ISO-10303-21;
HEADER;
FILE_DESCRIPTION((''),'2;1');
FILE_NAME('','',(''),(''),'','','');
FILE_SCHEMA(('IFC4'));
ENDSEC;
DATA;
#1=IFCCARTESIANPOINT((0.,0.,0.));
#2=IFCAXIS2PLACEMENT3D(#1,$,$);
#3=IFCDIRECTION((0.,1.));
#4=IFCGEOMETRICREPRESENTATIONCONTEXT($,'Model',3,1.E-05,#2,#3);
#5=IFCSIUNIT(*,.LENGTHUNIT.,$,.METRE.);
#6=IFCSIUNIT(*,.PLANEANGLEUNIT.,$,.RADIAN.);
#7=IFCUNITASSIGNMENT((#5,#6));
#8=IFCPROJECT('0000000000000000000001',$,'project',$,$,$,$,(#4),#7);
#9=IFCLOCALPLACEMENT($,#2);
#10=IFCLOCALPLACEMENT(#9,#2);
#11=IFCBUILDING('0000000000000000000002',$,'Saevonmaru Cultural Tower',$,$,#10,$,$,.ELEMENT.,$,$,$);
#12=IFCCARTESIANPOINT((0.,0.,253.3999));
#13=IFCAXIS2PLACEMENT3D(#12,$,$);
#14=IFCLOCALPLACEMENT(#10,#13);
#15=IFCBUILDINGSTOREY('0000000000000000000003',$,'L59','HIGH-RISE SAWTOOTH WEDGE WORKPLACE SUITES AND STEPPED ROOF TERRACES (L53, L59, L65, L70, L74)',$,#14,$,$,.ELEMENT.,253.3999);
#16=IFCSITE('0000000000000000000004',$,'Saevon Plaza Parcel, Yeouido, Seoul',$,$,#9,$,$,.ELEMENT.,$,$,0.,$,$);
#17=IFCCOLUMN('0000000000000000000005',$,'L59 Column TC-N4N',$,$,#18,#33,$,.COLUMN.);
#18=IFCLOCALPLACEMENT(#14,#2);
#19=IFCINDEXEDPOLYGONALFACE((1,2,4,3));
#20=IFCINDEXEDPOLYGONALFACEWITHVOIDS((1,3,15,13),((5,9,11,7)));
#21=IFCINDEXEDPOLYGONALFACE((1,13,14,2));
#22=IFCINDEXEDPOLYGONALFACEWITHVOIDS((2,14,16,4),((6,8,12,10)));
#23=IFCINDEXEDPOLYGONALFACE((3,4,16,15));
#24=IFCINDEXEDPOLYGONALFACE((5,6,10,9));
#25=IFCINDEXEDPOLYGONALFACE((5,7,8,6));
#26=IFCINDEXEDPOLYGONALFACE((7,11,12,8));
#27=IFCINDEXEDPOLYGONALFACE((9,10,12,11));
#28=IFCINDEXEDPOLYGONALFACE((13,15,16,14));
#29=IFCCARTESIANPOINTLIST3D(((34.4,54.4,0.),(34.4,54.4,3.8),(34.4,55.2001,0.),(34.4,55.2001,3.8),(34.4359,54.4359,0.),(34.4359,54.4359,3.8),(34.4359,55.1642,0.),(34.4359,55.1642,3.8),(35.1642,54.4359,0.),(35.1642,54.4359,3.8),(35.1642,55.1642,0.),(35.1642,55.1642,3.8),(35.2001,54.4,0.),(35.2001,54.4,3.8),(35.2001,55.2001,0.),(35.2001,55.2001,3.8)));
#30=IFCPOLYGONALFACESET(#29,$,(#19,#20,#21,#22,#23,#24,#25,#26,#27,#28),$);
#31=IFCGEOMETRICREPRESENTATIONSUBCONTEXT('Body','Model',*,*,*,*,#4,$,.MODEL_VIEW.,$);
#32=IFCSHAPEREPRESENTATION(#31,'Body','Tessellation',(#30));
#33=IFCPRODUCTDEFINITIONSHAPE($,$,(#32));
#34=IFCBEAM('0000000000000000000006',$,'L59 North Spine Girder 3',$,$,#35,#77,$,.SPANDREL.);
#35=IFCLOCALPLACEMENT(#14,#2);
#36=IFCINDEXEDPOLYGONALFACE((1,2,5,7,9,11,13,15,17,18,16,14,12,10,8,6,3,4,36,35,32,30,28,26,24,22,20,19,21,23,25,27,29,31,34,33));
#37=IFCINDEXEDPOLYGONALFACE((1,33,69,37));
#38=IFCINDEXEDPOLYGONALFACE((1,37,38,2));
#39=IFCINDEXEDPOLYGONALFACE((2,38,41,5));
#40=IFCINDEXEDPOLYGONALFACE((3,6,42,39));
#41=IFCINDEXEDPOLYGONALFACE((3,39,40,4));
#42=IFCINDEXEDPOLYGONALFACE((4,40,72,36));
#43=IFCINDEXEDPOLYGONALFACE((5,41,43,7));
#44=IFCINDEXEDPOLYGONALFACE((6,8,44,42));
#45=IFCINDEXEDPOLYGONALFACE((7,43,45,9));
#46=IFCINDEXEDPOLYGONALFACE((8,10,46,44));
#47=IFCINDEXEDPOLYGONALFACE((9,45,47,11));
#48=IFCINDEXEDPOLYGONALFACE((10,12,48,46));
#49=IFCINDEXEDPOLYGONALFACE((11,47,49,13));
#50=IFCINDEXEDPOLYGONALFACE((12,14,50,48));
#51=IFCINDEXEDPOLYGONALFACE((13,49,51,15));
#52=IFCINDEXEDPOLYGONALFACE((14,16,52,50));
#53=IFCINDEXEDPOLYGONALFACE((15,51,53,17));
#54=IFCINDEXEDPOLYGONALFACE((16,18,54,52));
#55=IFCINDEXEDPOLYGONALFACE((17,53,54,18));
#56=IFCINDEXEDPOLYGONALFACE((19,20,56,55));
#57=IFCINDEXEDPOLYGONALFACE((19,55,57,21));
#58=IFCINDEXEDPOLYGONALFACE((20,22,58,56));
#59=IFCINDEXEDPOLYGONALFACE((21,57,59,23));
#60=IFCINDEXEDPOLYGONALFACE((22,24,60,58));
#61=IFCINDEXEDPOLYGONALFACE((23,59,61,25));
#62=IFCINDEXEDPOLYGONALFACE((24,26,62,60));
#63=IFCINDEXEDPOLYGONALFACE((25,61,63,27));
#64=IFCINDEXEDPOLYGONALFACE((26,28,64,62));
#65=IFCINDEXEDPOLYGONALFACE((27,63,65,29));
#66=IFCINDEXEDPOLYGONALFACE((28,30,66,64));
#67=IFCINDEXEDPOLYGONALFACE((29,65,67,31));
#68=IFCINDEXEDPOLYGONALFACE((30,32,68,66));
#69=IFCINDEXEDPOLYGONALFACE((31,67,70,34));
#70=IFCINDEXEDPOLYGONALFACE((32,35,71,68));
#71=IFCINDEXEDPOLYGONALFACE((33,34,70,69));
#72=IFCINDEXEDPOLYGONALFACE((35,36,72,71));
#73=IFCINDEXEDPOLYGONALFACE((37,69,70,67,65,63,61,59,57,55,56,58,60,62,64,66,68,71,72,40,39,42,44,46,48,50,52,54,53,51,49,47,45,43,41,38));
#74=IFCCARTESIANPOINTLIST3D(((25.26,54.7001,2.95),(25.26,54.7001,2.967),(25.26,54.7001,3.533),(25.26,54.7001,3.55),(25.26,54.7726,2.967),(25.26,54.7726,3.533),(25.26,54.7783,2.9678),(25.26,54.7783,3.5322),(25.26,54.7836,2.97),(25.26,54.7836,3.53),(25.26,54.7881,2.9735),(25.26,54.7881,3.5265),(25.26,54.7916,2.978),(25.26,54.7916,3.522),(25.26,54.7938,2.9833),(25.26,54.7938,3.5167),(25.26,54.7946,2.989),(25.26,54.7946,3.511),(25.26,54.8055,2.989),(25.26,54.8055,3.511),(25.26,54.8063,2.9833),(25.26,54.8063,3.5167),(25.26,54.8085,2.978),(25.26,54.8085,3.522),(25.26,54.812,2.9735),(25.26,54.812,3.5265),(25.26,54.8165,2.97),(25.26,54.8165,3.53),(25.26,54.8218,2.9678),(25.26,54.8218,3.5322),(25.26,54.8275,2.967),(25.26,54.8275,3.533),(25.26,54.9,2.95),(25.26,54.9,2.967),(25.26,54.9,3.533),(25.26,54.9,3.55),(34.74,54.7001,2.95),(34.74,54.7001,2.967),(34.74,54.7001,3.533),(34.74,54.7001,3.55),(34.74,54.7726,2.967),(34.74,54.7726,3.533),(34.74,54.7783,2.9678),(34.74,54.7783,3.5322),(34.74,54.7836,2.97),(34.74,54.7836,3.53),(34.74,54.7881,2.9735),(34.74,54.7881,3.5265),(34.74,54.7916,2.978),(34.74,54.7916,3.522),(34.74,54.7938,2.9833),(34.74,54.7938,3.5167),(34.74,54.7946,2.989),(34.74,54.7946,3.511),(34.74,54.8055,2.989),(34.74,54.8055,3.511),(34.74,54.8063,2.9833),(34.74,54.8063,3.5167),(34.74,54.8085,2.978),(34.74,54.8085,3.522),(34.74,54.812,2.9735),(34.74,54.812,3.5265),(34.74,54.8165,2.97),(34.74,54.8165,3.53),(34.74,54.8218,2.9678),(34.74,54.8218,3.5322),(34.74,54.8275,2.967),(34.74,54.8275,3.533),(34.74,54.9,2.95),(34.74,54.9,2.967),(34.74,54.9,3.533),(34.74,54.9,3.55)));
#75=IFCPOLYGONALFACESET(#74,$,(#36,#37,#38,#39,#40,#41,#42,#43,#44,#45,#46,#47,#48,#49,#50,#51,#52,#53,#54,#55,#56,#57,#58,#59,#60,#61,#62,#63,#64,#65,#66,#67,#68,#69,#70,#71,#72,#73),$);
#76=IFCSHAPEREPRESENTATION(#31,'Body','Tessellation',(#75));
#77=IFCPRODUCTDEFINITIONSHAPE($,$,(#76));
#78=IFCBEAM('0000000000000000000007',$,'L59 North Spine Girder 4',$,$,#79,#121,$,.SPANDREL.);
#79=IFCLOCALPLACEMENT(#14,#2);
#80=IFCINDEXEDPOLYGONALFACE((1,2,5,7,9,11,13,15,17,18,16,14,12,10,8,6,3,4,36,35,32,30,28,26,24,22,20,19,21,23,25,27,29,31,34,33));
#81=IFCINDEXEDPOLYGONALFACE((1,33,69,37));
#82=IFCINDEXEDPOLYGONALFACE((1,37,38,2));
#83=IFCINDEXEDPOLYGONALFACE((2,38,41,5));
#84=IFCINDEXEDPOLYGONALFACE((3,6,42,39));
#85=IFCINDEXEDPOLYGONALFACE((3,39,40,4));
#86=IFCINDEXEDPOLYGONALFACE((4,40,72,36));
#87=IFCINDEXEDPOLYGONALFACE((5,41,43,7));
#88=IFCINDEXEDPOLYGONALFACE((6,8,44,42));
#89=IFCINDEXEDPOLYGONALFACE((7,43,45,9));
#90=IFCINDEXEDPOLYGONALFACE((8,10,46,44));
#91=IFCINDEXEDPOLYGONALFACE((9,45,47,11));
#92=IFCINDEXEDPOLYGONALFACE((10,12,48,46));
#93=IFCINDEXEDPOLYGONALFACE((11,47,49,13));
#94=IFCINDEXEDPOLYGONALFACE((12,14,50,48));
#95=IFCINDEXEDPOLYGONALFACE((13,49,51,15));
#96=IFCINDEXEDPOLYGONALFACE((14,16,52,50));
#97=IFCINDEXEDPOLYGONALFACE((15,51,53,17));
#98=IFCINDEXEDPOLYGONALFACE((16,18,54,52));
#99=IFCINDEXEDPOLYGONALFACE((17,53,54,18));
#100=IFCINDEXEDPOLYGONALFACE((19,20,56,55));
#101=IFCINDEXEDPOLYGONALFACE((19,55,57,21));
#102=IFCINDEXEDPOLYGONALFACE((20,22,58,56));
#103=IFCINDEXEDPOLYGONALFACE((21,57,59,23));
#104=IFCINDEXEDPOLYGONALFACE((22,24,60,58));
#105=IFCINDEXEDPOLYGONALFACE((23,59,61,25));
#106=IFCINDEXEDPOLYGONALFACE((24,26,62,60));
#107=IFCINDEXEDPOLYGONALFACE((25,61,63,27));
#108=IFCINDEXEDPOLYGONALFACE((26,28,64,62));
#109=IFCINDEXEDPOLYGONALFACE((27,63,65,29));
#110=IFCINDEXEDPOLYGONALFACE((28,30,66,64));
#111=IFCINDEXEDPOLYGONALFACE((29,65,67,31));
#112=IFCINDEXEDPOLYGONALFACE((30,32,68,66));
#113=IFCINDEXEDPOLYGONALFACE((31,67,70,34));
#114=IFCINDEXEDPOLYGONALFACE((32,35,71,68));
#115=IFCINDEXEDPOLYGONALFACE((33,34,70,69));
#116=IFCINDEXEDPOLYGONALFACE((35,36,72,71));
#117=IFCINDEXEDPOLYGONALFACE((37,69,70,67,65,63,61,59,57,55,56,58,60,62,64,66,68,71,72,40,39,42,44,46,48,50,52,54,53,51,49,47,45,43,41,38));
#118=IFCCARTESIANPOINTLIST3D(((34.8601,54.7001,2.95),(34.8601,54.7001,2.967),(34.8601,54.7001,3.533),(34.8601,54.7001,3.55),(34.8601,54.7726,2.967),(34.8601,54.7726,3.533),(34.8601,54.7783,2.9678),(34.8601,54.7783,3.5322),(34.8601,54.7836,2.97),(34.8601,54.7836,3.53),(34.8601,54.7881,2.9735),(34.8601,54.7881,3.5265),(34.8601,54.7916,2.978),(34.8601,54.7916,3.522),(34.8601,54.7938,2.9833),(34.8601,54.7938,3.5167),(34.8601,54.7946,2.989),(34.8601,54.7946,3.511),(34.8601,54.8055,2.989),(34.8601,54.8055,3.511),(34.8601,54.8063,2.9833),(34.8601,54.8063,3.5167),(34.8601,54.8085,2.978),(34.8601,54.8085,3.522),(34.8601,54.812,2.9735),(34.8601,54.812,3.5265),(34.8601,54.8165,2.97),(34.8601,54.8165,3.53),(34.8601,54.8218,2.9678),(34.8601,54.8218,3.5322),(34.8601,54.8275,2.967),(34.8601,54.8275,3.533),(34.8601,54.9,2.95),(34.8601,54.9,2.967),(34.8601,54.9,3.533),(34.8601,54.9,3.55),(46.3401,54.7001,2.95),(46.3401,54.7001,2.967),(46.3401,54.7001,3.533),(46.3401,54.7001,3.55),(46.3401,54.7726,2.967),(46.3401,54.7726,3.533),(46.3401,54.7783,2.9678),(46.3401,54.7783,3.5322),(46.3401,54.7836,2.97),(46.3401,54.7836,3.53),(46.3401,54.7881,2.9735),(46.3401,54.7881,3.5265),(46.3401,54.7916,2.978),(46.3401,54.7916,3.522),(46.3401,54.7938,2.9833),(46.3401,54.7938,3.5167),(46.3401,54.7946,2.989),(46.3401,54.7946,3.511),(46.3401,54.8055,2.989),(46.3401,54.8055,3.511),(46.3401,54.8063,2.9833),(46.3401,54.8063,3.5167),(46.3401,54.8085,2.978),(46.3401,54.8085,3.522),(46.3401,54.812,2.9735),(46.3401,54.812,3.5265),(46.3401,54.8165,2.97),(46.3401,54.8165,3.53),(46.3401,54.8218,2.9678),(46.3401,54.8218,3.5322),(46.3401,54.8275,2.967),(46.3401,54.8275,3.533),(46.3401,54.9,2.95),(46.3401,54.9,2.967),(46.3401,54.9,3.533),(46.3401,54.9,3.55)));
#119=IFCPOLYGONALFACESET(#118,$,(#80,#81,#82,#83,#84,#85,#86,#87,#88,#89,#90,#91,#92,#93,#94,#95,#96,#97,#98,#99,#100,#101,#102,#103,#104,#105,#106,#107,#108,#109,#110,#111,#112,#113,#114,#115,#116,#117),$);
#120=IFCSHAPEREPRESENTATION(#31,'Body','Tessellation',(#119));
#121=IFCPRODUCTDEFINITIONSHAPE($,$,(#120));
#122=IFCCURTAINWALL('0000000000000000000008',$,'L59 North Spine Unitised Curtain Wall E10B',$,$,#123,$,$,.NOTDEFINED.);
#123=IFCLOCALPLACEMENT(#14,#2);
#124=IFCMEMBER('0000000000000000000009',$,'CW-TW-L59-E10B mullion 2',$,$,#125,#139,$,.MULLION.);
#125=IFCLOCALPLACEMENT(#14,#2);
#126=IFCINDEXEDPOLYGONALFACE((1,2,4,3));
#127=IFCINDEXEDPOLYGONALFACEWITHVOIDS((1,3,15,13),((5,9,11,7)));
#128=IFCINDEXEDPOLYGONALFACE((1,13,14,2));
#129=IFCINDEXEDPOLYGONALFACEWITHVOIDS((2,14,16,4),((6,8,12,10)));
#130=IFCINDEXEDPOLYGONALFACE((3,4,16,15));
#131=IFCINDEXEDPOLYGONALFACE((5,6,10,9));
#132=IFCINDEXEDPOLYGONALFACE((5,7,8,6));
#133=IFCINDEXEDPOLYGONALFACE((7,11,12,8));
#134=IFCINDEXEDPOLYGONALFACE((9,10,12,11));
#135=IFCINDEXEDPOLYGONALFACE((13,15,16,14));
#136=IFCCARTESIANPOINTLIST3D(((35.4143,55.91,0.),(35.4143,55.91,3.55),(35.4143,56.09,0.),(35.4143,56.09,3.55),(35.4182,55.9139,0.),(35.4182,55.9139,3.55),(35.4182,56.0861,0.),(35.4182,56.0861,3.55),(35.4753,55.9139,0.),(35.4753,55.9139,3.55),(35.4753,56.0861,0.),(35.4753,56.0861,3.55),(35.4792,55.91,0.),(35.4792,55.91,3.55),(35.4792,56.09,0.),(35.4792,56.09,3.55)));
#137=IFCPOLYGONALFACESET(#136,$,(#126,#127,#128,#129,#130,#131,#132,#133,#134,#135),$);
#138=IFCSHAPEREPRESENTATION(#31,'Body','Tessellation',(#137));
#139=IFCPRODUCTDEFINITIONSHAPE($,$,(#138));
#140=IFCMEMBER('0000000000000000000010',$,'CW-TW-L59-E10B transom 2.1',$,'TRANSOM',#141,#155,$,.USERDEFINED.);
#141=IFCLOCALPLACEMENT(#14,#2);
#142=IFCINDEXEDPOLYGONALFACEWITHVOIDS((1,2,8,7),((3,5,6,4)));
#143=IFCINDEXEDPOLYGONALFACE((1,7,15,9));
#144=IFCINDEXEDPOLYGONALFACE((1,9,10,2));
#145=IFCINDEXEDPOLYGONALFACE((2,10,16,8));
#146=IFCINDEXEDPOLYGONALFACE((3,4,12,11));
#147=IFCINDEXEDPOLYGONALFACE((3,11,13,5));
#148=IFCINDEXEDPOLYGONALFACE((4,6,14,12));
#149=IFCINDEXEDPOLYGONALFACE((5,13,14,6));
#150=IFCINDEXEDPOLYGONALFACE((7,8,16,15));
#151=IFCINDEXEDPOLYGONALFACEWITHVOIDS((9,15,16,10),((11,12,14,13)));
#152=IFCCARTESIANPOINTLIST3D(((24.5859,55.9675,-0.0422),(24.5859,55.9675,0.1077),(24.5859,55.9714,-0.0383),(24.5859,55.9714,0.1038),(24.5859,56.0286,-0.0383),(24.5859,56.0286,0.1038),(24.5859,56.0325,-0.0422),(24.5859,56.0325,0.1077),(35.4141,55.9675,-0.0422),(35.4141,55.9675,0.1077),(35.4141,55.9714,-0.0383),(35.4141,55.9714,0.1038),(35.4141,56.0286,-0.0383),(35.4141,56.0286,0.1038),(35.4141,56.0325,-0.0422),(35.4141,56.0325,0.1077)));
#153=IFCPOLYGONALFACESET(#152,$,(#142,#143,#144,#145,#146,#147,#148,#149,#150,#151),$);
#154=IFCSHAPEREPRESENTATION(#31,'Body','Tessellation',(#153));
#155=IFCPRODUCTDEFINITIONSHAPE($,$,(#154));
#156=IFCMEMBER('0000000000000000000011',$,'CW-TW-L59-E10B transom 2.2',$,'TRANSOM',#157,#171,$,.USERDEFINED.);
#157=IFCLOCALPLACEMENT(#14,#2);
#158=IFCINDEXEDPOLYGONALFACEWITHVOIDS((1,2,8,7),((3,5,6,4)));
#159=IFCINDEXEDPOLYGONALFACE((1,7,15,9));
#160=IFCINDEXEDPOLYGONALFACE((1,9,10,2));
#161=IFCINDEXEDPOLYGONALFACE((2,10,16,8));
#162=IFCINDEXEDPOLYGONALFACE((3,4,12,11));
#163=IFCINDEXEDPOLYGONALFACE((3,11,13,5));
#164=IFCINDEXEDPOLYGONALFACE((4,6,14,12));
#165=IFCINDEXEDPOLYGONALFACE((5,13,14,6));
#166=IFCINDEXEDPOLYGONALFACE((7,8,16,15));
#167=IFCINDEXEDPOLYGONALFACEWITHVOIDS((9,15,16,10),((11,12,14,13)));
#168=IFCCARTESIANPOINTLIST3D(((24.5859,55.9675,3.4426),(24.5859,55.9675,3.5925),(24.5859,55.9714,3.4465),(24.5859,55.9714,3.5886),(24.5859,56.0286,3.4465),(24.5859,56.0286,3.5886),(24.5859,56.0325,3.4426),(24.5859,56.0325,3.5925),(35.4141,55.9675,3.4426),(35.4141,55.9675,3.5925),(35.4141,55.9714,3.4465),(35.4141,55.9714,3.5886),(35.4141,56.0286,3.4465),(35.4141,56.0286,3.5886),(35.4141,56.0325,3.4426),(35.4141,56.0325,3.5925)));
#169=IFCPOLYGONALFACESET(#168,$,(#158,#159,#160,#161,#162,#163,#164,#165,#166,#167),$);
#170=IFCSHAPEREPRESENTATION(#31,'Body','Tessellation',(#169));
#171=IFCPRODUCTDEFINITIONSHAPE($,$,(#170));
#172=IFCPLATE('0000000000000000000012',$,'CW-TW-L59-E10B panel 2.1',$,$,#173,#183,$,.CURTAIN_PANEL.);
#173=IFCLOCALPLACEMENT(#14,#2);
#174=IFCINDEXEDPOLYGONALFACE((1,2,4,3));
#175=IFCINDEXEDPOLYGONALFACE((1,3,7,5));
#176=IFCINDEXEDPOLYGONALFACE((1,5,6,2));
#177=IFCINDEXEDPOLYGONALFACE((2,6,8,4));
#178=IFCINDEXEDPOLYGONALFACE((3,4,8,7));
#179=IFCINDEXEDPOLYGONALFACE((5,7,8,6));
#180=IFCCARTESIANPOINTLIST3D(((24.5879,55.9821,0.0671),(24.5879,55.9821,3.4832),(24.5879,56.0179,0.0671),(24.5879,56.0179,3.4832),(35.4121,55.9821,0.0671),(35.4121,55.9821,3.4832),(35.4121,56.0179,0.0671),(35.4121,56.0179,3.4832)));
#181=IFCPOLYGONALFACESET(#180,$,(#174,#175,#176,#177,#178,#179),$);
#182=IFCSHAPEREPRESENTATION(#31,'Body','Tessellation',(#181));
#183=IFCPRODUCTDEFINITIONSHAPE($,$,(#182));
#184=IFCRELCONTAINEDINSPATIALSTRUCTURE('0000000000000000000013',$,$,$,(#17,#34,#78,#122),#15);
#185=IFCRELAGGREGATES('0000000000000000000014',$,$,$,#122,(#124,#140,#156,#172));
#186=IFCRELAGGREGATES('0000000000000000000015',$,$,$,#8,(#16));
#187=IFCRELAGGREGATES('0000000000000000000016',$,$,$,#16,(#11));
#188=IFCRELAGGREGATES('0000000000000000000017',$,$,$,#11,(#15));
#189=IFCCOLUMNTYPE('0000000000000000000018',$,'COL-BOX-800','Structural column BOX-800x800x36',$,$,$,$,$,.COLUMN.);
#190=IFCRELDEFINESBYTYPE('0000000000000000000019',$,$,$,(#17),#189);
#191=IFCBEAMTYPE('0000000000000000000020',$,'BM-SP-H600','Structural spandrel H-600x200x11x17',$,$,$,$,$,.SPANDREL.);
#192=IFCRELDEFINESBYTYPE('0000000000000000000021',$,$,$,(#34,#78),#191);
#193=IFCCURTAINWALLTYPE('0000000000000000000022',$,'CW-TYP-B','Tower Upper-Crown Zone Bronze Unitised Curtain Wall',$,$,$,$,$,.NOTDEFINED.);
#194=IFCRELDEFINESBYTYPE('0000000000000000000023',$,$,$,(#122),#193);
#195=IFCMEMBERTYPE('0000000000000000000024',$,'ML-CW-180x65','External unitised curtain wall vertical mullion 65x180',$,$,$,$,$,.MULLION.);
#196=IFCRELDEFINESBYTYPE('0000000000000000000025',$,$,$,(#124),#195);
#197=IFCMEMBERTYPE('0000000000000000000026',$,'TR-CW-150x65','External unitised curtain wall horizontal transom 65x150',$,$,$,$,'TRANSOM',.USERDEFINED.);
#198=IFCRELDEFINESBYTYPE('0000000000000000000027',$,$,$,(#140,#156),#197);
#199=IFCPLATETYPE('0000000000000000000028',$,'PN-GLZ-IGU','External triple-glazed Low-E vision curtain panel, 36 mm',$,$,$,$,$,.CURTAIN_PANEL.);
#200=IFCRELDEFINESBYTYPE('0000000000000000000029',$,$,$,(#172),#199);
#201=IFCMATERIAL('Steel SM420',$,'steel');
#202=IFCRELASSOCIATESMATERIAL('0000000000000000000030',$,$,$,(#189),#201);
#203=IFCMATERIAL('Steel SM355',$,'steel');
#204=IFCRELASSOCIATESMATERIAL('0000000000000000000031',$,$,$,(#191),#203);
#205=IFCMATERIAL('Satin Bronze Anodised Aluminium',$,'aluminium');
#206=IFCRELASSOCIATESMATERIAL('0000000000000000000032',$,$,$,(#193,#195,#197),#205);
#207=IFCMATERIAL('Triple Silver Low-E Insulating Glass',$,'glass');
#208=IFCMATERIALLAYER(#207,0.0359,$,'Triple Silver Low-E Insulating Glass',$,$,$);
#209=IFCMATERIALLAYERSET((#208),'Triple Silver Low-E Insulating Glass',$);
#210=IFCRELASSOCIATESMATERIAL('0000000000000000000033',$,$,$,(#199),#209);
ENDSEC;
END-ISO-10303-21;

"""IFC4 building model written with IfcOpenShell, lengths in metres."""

from ifc_helpers import new_model, si_unit, direction, frame, origin, origin_2d, place, context, subcontext, project, spatial, rectangle, hollow_rectangle, i_section, extrude, material, layer, layer_set, material_profile, profile_set, type_object, element, aggregate, save


model = new_model("IFC4")

# Units and contexts
model_context = context("Model", 3, precision=1e-05, world=origin(), true_north=direction((0.0, 1.0)))
body_context = subcontext(model_context, "Body", "Model", "MODEL_VIEW")
ifc_project = project(units=[si_unit("LENGTHUNIT", "METRE"), si_unit("PLANEANGLEUNIT", "RADIAN")], contexts=[model_context])

# Site, building, storey
site_placement = place(None, origin())
site = spatial("IfcSite", under=ifc_project, at=site_placement, Name="Saevon Plaza Parcel, Yeouido, Seoul", CompositionType="ELEMENT", RefElevation=0.0)
building_placement = place(site_placement, origin())
building = spatial("IfcBuilding", under=site, at=building_placement, Name="Saevonmaru Cultural Tower", CompositionType="ELEMENT")
storey_placement = place(building_placement, frame((0.0, 0.0, 253.3999)))
storey = spatial("IfcBuildingStorey", under=building, at=storey_placement, Name="L59", Description="HIGH-RISE SAWTOOTH WEDGE WORKPLACE SUITES AND STEPPED ROOF TERRACES (L53, L59, L65, L70, L74)", CompositionType="ELEMENT", Elevation=253.3999)

# Column
ifc_material_1 = material(Name="Steel SM420", Category="steel")
ifc_material_profile_1 = material_profile(ifc_material_1, hollow_rectangle(XDim=0.8, YDim=0.8, WallThickness=0.0359, at=origin_2d()), Name="BOX-800x800x36")
ifc_profile_set_1 = profile_set([ifc_material_profile_1], Name="Steel SM420")
column_type = type_object("IfcColumnType", Name="COL-BOX-800", Description="Structural column BOX-800x800x36", PredefinedType="COLUMN", material=ifc_profile_set_1)
column_placement = place(storey_placement, frame((34.8, 54.8, 0.0), z_axis=(0.0, 0.0, 1.0), x_axis=(1.0, 0.0, 0.0)))
element("IfcColumn", 1, at=column_placement, inside=storey, type_object=column_type, Name="L59 Column TC-N4N", PredefinedType="COLUMN", context=body_context, shape_type="SweptSolid", body=[
    extrude(hollow_rectangle(XDim=0.8, YDim=0.8, WallThickness=0.0359, at=origin_2d()), origin(), (0.0, 0.0, 1.0), 3.8),
])

# Beams
ifc_material_2 = material(Name="Steel SM355", Category="steel")
ifc_material_profile_2 = material_profile(ifc_material_2, i_section(OverallWidth=0.2, OverallDepth=0.6001, WebThickness=0.011, FlangeThickness=0.0171, FilletRadius=0.022, at=origin_2d()), Name="H-600x200x11x17")
ifc_profile_set_2 = profile_set([ifc_material_profile_2], Name="Steel SM355")
beam_type = type_object("IfcBeamType", Name="BM-SP-H600", Description="Structural spandrel H-600x200x11x17", PredefinedType="SPANDREL", material=ifc_profile_set_2)
beam_1_placement = place(storey_placement, frame((25.26, 54.8, 3.25), z_axis=(1.0, 0.0, 0.0), x_axis=(0.0, 1.0, 0.0)))
element("IfcBeam", 2, at=beam_1_placement, inside=storey, type_object=beam_type, Name="L59 North Spine Girder 3", PredefinedType="SPANDREL", context=body_context, shape_type="SweptSolid", body=[
    extrude(i_section(OverallWidth=0.2, OverallDepth=0.6001, WebThickness=0.011, FlangeThickness=0.0171, FilletRadius=0.022, at=origin_2d()), origin(), (0.0, 0.0, 1.0), 9.48),
])
beam_2_placement = place(storey_placement, frame((34.8601, 54.8, 3.25), z_axis=(1.0, 0.0, 0.0), x_axis=(0.0, 1.0, 0.0)))
element("IfcBeam", 3, at=beam_2_placement, inside=storey, type_object=beam_type, Name="L59 North Spine Girder 4", PredefinedType="SPANDREL", context=body_context, shape_type="SweptSolid", body=[
    extrude(i_section(OverallWidth=0.2, OverallDepth=0.6001, WebThickness=0.011, FlangeThickness=0.0171, FilletRadius=0.022, at=origin_2d()), origin(), (0.0, 0.0, 1.0), 11.48),
])

# Curtain wall, members, plate
ifc_material_3 = material(Name="Satin Bronze Anodised Aluminium", Category="aluminium")
curtain_wall_type = type_object("IfcCurtainWallType", Name="CW-TYP-B", Description="Tower Upper-Crown Zone Bronze Unitised Curtain Wall", PredefinedType="NOTDEFINED", material=ifc_material_3)
curtain_wall_placement = place(storey_placement, origin())
curtain_wall = element("IfcCurtainWall", 4, at=curtain_wall_placement, inside=storey, type_object=curtain_wall_type, Name="L59 North Spine Unitised Curtain Wall E10B", PredefinedType="NOTDEFINED")
ifc_material_profile_3 = material_profile(ifc_material_3, hollow_rectangle(XDim=0.0649, YDim=0.1799, WallThickness=0.0039, at=origin_2d()), Name="ALU-MULL-180x65x4")
ifc_profile_set_3 = profile_set([ifc_material_profile_3], Name="Satin Bronze Anodised Aluminium")
member_type_1 = type_object("IfcMemberType", Name="ML-CW-180x65", Description="External unitised curtain wall vertical mullion 65x180", PredefinedType="MULLION", material=ifc_profile_set_3)
member_1_placement = place(storey_placement, frame((35.4468, 56.0, 0.0), z_axis=(0.0, 0.0, 1.0), x_axis=(-1.0, 0.0, 0.0)))
member_1 = element("IfcMember", 5, at=member_1_placement, type_object=member_type_1, Name="CW-TW-L59-E10B mullion 2", PredefinedType="MULLION", context=body_context, shape_type="SweptSolid", body=[
    extrude(hollow_rectangle(XDim=0.0649, YDim=0.1799, WallThickness=0.0039, at=origin_2d()), origin(), (0.0, 0.0, 1.0), 3.55),
])
ifc_material_profile_4 = material_profile(ifc_material_3, hollow_rectangle(XDim=0.0649, YDim=0.1499, WallThickness=0.0039, at=origin_2d()), Name="ALU-TRAN-150x65x4")
ifc_profile_set_4 = profile_set([ifc_material_profile_4], Name="Satin Bronze Anodised Aluminium")
member_type_2 = type_object("IfcMemberType", Name="TR-CW-150x65", Description="External unitised curtain wall horizontal transom 65x150", ElementType="TRANSOM", PredefinedType="USERDEFINED", material=ifc_profile_set_4)
member_2_placement = place(storey_placement, frame((35.4141, 56.0, 0.0327), z_axis=(-1.0, 0.0, 0.0), x_axis=(0.0, -1.0, 0.0)))
member_2 = element("IfcMember", 6, at=member_2_placement, type_object=member_type_2, Name="CW-TW-L59-E10B transom 2.1", ObjectType="TRANSOM", PredefinedType="USERDEFINED", context=body_context, shape_type="SweptSolid", body=[
    extrude(hollow_rectangle(XDim=0.0649, YDim=0.1499, WallThickness=0.0039, at=origin_2d()), origin(), (0.0, 0.0, 1.0), 10.8281),
])
member_3_placement = place(storey_placement, frame((35.4141, 56.0, 3.5176), z_axis=(-1.0, 0.0, 0.0), x_axis=(0.0, -1.0, 0.0)))
member_3 = element("IfcMember", 7, at=member_3_placement, type_object=member_type_2, Name="CW-TW-L59-E10B transom 2.2", ObjectType="TRANSOM", PredefinedType="USERDEFINED", context=body_context, shape_type="SweptSolid", body=[
    extrude(hollow_rectangle(XDim=0.0649, YDim=0.1499, WallThickness=0.0039, at=origin_2d()), origin(), (0.0, 0.0, 1.0), 10.8281),
])
ifc_material_4 = material(Name="Triple Silver Low-E Insulating Glass", Category="glass")
ifc_layer_1 = layer(ifc_material_4, 0.0359, Name="Triple Silver Low-E Insulating Glass")
ifc_layer_set_1 = layer_set([ifc_layer_1], Name="Triple Silver Low-E Insulating Glass")
plate_type = type_object("IfcPlateType", Name="PN-GLZ-IGU", Description="External triple-glazed Low-E vision curtain panel, 36 mm", PredefinedType="CURTAIN_PANEL", material=ifc_layer_set_1)
plate_placement = place(storey_placement, frame((30.0, 56.0, 0.0671), z_axis=(0.0, 0.0, 1.0), x_axis=(-1.0, 0.0, 0.0)))
plate = element("IfcPlate", 8, at=plate_placement, type_object=plate_type, Name="CW-TW-L59-E10B panel 2.1", PredefinedType="CURTAIN_PANEL", context=body_context, shape_type="SweptSolid", body=[
    extrude(rectangle(XDim=10.8242, YDim=0.0359, at=origin_2d()), origin(), (0.0, 0.0, 1.0), 3.416),
])
aggregate(curtain_wall, [member_1, member_2, member_3, plate])

save(model, "model.ifc")
